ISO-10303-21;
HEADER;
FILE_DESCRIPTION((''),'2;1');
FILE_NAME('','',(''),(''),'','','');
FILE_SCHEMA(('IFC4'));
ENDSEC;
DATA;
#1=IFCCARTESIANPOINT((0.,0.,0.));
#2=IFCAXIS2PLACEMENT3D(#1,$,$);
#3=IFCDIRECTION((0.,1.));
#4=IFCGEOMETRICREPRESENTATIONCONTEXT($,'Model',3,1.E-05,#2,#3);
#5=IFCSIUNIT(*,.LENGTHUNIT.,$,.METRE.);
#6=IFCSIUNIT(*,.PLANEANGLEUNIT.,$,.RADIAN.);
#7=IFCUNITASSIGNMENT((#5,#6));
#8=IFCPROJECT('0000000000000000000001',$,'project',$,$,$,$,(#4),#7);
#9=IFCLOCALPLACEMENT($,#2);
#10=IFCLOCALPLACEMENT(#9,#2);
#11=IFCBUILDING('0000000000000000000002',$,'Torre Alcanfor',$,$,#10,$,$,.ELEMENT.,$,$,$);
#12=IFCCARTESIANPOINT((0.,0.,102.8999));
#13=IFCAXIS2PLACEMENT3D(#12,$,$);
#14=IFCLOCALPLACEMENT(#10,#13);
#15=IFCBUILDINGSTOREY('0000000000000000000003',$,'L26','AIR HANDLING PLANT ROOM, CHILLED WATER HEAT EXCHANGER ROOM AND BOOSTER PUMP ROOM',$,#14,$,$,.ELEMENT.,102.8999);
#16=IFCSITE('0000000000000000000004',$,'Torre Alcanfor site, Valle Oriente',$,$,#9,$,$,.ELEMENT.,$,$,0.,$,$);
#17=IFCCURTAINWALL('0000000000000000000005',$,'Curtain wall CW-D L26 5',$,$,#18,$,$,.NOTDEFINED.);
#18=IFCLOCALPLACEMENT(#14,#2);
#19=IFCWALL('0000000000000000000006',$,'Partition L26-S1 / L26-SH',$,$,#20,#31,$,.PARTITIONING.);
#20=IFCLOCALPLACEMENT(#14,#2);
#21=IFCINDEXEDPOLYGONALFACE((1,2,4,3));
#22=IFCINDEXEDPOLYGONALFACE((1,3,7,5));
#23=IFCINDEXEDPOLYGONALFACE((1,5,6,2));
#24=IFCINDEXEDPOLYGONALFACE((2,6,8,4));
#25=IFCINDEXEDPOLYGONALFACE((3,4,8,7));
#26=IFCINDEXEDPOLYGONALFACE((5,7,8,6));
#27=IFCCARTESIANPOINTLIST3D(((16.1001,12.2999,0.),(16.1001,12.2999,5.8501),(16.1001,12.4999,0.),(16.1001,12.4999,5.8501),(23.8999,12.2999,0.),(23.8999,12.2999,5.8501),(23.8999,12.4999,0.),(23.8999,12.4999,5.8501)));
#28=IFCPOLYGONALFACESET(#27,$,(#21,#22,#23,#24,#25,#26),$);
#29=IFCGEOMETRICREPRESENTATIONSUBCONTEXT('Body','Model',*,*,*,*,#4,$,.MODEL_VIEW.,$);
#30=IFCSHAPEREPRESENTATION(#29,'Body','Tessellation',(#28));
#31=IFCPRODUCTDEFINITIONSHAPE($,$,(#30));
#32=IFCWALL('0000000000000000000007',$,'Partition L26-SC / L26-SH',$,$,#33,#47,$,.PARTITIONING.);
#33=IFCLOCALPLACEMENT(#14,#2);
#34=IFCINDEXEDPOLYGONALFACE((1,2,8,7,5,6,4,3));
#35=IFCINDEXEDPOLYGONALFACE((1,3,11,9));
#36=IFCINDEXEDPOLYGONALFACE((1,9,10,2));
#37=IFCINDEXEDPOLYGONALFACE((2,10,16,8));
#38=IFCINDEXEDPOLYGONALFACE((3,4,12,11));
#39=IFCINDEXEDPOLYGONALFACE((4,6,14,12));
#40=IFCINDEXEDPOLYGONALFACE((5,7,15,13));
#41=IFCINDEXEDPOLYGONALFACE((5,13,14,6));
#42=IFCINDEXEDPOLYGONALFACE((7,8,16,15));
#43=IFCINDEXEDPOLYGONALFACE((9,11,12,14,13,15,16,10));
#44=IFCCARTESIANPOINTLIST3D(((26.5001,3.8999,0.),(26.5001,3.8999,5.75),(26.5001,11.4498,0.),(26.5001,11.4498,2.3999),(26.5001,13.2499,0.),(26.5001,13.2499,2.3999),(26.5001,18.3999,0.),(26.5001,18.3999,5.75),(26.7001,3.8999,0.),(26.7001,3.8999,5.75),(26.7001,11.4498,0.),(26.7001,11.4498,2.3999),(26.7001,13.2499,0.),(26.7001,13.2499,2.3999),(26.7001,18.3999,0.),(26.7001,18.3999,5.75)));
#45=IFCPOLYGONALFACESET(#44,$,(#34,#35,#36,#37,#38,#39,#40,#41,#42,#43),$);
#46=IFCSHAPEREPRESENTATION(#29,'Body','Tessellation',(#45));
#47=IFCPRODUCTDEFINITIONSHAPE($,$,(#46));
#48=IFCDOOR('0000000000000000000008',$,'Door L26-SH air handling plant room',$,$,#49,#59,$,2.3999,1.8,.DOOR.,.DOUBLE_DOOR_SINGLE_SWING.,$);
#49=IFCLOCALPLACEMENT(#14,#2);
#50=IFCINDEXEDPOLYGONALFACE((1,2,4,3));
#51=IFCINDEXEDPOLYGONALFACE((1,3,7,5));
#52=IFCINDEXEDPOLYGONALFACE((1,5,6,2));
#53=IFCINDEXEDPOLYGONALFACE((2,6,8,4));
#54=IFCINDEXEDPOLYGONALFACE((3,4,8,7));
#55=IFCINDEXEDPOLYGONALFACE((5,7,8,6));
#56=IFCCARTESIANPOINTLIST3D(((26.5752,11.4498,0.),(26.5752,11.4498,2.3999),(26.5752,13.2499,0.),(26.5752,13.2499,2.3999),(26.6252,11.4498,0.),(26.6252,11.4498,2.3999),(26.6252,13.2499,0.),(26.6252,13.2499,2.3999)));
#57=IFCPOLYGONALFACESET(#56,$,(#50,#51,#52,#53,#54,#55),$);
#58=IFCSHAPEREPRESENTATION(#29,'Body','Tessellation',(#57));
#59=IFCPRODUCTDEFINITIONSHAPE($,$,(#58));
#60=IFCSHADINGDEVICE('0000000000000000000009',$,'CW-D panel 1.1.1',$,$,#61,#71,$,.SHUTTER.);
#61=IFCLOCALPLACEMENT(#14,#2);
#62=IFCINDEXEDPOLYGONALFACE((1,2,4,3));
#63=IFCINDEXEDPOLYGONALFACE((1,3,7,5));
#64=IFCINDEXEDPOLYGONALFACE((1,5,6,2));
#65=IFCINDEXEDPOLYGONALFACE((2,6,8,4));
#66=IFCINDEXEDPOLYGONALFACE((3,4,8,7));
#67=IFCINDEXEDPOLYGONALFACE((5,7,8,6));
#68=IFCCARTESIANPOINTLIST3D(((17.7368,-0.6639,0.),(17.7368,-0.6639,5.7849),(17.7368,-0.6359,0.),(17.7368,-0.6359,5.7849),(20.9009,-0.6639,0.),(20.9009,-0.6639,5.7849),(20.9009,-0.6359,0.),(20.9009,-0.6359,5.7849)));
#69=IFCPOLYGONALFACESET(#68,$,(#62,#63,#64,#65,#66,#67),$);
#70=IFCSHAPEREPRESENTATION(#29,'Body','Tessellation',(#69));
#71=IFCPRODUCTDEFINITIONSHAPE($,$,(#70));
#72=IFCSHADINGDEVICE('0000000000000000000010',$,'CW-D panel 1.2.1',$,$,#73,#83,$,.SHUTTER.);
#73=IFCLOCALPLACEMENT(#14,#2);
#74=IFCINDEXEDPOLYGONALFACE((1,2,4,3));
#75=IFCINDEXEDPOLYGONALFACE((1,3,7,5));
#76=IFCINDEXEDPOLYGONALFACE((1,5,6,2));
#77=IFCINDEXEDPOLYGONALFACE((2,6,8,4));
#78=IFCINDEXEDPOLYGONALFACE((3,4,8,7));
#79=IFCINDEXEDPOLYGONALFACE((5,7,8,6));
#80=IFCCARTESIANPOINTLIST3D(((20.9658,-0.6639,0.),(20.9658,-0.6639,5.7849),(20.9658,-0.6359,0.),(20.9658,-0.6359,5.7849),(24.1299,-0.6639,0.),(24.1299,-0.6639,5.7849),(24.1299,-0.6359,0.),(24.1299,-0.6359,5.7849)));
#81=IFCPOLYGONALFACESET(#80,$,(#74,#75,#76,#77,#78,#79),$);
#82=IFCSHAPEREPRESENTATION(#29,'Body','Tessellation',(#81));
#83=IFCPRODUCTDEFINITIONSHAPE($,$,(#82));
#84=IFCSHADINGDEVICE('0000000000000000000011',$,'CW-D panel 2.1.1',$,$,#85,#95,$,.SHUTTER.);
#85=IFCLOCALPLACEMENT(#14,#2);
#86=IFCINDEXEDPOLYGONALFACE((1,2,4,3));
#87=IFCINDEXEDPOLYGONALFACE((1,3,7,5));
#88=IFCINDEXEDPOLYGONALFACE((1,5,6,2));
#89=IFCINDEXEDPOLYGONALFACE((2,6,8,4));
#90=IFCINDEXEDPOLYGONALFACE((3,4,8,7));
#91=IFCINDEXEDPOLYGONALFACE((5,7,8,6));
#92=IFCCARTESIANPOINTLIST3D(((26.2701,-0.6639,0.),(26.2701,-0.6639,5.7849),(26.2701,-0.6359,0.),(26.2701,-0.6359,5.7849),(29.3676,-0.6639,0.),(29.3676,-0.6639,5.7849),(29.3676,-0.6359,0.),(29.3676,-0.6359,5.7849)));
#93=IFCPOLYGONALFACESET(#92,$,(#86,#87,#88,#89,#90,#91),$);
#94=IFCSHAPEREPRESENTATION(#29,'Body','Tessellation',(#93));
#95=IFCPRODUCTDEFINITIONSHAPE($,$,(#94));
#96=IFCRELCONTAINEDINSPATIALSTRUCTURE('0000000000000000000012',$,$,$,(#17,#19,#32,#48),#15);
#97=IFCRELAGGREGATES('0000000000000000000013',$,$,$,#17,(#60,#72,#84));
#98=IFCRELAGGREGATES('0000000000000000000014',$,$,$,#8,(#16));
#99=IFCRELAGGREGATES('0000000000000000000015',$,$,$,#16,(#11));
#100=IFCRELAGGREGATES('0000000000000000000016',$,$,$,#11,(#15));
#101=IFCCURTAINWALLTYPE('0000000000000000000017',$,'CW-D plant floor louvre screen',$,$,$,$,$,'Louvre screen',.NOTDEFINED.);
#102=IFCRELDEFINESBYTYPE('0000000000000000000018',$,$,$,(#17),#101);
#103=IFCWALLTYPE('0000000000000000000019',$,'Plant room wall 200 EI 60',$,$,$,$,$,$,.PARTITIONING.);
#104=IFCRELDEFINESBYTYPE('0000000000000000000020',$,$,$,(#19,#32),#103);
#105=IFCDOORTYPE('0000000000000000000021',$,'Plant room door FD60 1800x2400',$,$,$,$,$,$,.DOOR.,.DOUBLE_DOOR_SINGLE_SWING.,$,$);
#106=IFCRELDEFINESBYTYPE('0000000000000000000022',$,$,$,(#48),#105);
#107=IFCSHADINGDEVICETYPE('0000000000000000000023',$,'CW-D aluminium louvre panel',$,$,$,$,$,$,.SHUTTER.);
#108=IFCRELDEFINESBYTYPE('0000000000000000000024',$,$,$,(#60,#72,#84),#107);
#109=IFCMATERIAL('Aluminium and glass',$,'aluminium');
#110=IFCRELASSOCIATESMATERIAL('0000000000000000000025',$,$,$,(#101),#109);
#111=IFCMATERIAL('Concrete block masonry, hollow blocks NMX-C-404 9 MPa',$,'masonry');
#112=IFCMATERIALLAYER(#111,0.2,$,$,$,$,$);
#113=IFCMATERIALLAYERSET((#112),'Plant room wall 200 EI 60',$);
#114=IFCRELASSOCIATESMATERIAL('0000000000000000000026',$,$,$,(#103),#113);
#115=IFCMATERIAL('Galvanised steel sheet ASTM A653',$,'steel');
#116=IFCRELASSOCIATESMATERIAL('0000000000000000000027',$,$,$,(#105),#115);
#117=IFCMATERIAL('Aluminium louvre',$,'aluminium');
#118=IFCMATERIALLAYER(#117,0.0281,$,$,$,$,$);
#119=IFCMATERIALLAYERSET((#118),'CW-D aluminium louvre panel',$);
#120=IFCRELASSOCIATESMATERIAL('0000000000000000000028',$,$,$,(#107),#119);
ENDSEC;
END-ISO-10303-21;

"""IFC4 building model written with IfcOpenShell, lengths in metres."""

from ifc_helpers import new_model, si_unit, direction, frame, frame_2d, origin, origin_2d, place, context, subcontext, project, spatial, rectangle, extrude, material, layer, layer_set, type_object, element, fill, aggregate, save


model = new_model("IFC4")

# Units and contexts
model_context = context("Model", 3, precision=1e-05, world=origin(), true_north=direction((0.0, 1.0)))
body_context = subcontext(model_context, "Body", "Model", "MODEL_VIEW")
ifc_project = project(units=[si_unit("LENGTHUNIT", "METRE"), si_unit("PLANEANGLEUNIT", "RADIAN")], contexts=[model_context])

# Site, building, storey
site_placement = place(None, origin())
site = spatial("IfcSite", under=ifc_project, at=site_placement, Name="Torre Alcanfor site, Valle Oriente", CompositionType="ELEMENT", RefElevation=0.0)
building_placement = place(site_placement, origin())
building = spatial("IfcBuilding", under=site, at=building_placement, Name="Torre Alcanfor", CompositionType="ELEMENT")
storey_placement = place(building_placement, frame((0.0, 0.0, 102.8999)))
storey = spatial("IfcBuildingStorey", under=building, at=storey_placement, Name="L26", Description="AIR HANDLING PLANT ROOM, CHILLED WATER HEAT EXCHANGER ROOM AND BOOSTER PUMP ROOM", CompositionType="ELEMENT", Elevation=102.8999)

# Curtain wall
ifc_material_1 = material(Name="Aluminium and glass", Category="aluminium")
curtain_wall_type = type_object("IfcCurtainWallType", Name="CW-D plant floor louvre screen", ElementType="Louvre screen", PredefinedType="NOTDEFINED", material=ifc_material_1)
curtain_wall_placement = place(storey_placement, origin())
curtain_wall = element("IfcCurtainWall", 1, at=curtain_wall_placement, inside=storey, type_object=curtain_wall_type, Name="Curtain wall CW-D L26 5", PredefinedType="NOTDEFINED")

# Wall
ifc_material_2 = material(Name="Concrete block masonry, hollow blocks NMX-C-404 9 MPa", Category="masonry")
ifc_layer_1 = layer(ifc_material_2, 0.2)
ifc_layer_set_1 = layer_set([ifc_layer_1], Name="Plant room wall 200 EI 60")
wall_type = type_object("IfcWallType", Name="Plant room wall 200 EI 60", PredefinedType="PARTITIONING", material=ifc_layer_set_1)
wall_1_placement = place(storey_placement, frame((23.8999, 12.3999, 0.0), z_axis=(0.0, 0.0, 1.0), x_axis=(-1.0, 0.0, 0.0)))
element("IfcWall", 2, at=wall_1_placement, inside=storey, type_object=wall_type, Name="Partition L26-S1 / L26-SH", PredefinedType="PARTITIONING", context=body_context, shape_type="SweptSolid", body=[
    extrude(rectangle(XDim=7.7998, YDim=0.2, at=frame_2d((3.8999, 0.0))), origin(), (0.0, 0.0, 1.0), 5.8501),
])

# Wall, opening, door
wall_2_placement = place(storey_placement, frame((26.6001, 3.8999, 0.0), z_axis=(0.0, 0.0, 1.0), x_axis=(0.0, 1.0, 0.0)))
wall_2 = element("IfcWall", 3, at=wall_2_placement, inside=storey, type_object=wall_type, Name="Partition L26-SC / L26-SH", PredefinedType="PARTITIONING", context=body_context, shape_type="SweptSolid", body=[
    extrude(rectangle(XDim=14.5, YDim=0.2, at=frame_2d((7.25, 0.0))), origin(), (0.0, 0.0, 1.0), 5.75),
])
opening_placement = place(wall_2_placement, frame((7.55, 0.0, 0.0)))
opening = element("IfcOpeningElement", 4, at=opening_placement, cuts=wall_2, PredefinedType="OPENING", context=body_context, shape_type="SweptSolid", body=[
    extrude(rectangle(XDim=1.8, YDim=2.3999, at=frame_2d((0.8999, 1.2))), frame((0.0, 0.1099, 0.0), z_axis=(0.0, -1.0, 0.0), x_axis=(1.0, 0.0, 0.0)), (0.0, 0.0, 1.0), 0.22),
])
ifc_material_3 = material(Name="Galvanised steel sheet ASTM A653", Category="steel")
door_type = type_object("IfcDoorType", Name="Plant room door FD60 1800x2400", OperationType="DOUBLE_DOOR_SINGLE_SWING", PredefinedType="DOOR", material=ifc_material_3)
door_placement = place(opening_placement, origin())
door = element("IfcDoor", 5, at=door_placement, inside=storey, type_object=door_type, Name="Door L26-SH air handling plant room", OperationType="DOUBLE_DOOR_SINGLE_SWING", OverallHeight=2.3999, OverallWidth=1.8, PredefinedType="DOOR", context=body_context, shape_type="SweptSolid", body=[
    extrude(rectangle(XDim=1.8, YDim=2.3999, at=frame_2d((0.8999, 1.2))), frame((0.0, 0.0249, 0.0), z_axis=(0.0, -1.0, 0.0), x_axis=(1.0, 0.0, 0.0)), (0.0, 0.0, 1.0), 0.05),
])
fill(opening, door)

# Shading devices
ifc_material_4 = material(Name="Aluminium louvre", Category="aluminium")
ifc_layer_2 = layer(ifc_material_4, 0.0281)
ifc_layer_set_2 = layer_set([ifc_layer_2], Name="CW-D aluminium louvre panel")
shading_device_type = type_object("IfcShadingDeviceType", Name="CW-D aluminium louvre panel", PredefinedType="SHUTTER", material=ifc_layer_set_2)
shading_device_1_placement = place(storey_placement, frame((19.3188, -0.6499, 0.0), z_axis=(0.0, 0.0, 1.0), x_axis=(1.0, 0.0, 0.0)))
shading_device_1 = element("IfcShadingDevice", 6, at=shading_device_1_placement, type_object=shading_device_type, Name="CW-D panel 1.1.1", PredefinedType="SHUTTER", context=body_context, shape_type="SweptSolid", body=[
    extrude(rectangle(XDim=3.1641, YDim=0.0281, at=origin_2d()), origin(), (0.0, 0.0, 1.0), 5.7849),
])
shading_device_2_placement = place(storey_placement, frame((22.5479, -0.6499, 0.0), z_axis=(0.0, 0.0, 1.0), x_axis=(1.0, 0.0, 0.0)))
shading_device_2 = element("IfcShadingDevice", 7, at=shading_device_2_placement, type_object=shading_device_type, Name="CW-D panel 1.2.1", PredefinedType="SHUTTER", context=body_context, shape_type="SweptSolid", body=[
    extrude(rectangle(XDim=3.1641, YDim=0.0281, at=origin_2d()), origin(), (0.0, 0.0, 1.0), 5.7849),
])
shading_device_3_placement = place(storey_placement, frame((27.8188, -0.6499, 0.0), z_axis=(0.0, 0.0, 1.0), x_axis=(1.0, 0.0, 0.0)))
shading_device_3 = element("IfcShadingDevice", 8, at=shading_device_3_placement, type_object=shading_device_type, Name="CW-D panel 2.1.1", PredefinedType="SHUTTER", context=body_context, shape_type="SweptSolid", body=[
    extrude(rectangle(XDim=3.0974, YDim=0.0281, at=origin_2d()), origin(), (0.0, 0.0, 1.0), 5.7849),
])
aggregate(curtain_wall, [shading_device_1, shading_device_2, shading_device_3])

save(model, "model.ifc")
